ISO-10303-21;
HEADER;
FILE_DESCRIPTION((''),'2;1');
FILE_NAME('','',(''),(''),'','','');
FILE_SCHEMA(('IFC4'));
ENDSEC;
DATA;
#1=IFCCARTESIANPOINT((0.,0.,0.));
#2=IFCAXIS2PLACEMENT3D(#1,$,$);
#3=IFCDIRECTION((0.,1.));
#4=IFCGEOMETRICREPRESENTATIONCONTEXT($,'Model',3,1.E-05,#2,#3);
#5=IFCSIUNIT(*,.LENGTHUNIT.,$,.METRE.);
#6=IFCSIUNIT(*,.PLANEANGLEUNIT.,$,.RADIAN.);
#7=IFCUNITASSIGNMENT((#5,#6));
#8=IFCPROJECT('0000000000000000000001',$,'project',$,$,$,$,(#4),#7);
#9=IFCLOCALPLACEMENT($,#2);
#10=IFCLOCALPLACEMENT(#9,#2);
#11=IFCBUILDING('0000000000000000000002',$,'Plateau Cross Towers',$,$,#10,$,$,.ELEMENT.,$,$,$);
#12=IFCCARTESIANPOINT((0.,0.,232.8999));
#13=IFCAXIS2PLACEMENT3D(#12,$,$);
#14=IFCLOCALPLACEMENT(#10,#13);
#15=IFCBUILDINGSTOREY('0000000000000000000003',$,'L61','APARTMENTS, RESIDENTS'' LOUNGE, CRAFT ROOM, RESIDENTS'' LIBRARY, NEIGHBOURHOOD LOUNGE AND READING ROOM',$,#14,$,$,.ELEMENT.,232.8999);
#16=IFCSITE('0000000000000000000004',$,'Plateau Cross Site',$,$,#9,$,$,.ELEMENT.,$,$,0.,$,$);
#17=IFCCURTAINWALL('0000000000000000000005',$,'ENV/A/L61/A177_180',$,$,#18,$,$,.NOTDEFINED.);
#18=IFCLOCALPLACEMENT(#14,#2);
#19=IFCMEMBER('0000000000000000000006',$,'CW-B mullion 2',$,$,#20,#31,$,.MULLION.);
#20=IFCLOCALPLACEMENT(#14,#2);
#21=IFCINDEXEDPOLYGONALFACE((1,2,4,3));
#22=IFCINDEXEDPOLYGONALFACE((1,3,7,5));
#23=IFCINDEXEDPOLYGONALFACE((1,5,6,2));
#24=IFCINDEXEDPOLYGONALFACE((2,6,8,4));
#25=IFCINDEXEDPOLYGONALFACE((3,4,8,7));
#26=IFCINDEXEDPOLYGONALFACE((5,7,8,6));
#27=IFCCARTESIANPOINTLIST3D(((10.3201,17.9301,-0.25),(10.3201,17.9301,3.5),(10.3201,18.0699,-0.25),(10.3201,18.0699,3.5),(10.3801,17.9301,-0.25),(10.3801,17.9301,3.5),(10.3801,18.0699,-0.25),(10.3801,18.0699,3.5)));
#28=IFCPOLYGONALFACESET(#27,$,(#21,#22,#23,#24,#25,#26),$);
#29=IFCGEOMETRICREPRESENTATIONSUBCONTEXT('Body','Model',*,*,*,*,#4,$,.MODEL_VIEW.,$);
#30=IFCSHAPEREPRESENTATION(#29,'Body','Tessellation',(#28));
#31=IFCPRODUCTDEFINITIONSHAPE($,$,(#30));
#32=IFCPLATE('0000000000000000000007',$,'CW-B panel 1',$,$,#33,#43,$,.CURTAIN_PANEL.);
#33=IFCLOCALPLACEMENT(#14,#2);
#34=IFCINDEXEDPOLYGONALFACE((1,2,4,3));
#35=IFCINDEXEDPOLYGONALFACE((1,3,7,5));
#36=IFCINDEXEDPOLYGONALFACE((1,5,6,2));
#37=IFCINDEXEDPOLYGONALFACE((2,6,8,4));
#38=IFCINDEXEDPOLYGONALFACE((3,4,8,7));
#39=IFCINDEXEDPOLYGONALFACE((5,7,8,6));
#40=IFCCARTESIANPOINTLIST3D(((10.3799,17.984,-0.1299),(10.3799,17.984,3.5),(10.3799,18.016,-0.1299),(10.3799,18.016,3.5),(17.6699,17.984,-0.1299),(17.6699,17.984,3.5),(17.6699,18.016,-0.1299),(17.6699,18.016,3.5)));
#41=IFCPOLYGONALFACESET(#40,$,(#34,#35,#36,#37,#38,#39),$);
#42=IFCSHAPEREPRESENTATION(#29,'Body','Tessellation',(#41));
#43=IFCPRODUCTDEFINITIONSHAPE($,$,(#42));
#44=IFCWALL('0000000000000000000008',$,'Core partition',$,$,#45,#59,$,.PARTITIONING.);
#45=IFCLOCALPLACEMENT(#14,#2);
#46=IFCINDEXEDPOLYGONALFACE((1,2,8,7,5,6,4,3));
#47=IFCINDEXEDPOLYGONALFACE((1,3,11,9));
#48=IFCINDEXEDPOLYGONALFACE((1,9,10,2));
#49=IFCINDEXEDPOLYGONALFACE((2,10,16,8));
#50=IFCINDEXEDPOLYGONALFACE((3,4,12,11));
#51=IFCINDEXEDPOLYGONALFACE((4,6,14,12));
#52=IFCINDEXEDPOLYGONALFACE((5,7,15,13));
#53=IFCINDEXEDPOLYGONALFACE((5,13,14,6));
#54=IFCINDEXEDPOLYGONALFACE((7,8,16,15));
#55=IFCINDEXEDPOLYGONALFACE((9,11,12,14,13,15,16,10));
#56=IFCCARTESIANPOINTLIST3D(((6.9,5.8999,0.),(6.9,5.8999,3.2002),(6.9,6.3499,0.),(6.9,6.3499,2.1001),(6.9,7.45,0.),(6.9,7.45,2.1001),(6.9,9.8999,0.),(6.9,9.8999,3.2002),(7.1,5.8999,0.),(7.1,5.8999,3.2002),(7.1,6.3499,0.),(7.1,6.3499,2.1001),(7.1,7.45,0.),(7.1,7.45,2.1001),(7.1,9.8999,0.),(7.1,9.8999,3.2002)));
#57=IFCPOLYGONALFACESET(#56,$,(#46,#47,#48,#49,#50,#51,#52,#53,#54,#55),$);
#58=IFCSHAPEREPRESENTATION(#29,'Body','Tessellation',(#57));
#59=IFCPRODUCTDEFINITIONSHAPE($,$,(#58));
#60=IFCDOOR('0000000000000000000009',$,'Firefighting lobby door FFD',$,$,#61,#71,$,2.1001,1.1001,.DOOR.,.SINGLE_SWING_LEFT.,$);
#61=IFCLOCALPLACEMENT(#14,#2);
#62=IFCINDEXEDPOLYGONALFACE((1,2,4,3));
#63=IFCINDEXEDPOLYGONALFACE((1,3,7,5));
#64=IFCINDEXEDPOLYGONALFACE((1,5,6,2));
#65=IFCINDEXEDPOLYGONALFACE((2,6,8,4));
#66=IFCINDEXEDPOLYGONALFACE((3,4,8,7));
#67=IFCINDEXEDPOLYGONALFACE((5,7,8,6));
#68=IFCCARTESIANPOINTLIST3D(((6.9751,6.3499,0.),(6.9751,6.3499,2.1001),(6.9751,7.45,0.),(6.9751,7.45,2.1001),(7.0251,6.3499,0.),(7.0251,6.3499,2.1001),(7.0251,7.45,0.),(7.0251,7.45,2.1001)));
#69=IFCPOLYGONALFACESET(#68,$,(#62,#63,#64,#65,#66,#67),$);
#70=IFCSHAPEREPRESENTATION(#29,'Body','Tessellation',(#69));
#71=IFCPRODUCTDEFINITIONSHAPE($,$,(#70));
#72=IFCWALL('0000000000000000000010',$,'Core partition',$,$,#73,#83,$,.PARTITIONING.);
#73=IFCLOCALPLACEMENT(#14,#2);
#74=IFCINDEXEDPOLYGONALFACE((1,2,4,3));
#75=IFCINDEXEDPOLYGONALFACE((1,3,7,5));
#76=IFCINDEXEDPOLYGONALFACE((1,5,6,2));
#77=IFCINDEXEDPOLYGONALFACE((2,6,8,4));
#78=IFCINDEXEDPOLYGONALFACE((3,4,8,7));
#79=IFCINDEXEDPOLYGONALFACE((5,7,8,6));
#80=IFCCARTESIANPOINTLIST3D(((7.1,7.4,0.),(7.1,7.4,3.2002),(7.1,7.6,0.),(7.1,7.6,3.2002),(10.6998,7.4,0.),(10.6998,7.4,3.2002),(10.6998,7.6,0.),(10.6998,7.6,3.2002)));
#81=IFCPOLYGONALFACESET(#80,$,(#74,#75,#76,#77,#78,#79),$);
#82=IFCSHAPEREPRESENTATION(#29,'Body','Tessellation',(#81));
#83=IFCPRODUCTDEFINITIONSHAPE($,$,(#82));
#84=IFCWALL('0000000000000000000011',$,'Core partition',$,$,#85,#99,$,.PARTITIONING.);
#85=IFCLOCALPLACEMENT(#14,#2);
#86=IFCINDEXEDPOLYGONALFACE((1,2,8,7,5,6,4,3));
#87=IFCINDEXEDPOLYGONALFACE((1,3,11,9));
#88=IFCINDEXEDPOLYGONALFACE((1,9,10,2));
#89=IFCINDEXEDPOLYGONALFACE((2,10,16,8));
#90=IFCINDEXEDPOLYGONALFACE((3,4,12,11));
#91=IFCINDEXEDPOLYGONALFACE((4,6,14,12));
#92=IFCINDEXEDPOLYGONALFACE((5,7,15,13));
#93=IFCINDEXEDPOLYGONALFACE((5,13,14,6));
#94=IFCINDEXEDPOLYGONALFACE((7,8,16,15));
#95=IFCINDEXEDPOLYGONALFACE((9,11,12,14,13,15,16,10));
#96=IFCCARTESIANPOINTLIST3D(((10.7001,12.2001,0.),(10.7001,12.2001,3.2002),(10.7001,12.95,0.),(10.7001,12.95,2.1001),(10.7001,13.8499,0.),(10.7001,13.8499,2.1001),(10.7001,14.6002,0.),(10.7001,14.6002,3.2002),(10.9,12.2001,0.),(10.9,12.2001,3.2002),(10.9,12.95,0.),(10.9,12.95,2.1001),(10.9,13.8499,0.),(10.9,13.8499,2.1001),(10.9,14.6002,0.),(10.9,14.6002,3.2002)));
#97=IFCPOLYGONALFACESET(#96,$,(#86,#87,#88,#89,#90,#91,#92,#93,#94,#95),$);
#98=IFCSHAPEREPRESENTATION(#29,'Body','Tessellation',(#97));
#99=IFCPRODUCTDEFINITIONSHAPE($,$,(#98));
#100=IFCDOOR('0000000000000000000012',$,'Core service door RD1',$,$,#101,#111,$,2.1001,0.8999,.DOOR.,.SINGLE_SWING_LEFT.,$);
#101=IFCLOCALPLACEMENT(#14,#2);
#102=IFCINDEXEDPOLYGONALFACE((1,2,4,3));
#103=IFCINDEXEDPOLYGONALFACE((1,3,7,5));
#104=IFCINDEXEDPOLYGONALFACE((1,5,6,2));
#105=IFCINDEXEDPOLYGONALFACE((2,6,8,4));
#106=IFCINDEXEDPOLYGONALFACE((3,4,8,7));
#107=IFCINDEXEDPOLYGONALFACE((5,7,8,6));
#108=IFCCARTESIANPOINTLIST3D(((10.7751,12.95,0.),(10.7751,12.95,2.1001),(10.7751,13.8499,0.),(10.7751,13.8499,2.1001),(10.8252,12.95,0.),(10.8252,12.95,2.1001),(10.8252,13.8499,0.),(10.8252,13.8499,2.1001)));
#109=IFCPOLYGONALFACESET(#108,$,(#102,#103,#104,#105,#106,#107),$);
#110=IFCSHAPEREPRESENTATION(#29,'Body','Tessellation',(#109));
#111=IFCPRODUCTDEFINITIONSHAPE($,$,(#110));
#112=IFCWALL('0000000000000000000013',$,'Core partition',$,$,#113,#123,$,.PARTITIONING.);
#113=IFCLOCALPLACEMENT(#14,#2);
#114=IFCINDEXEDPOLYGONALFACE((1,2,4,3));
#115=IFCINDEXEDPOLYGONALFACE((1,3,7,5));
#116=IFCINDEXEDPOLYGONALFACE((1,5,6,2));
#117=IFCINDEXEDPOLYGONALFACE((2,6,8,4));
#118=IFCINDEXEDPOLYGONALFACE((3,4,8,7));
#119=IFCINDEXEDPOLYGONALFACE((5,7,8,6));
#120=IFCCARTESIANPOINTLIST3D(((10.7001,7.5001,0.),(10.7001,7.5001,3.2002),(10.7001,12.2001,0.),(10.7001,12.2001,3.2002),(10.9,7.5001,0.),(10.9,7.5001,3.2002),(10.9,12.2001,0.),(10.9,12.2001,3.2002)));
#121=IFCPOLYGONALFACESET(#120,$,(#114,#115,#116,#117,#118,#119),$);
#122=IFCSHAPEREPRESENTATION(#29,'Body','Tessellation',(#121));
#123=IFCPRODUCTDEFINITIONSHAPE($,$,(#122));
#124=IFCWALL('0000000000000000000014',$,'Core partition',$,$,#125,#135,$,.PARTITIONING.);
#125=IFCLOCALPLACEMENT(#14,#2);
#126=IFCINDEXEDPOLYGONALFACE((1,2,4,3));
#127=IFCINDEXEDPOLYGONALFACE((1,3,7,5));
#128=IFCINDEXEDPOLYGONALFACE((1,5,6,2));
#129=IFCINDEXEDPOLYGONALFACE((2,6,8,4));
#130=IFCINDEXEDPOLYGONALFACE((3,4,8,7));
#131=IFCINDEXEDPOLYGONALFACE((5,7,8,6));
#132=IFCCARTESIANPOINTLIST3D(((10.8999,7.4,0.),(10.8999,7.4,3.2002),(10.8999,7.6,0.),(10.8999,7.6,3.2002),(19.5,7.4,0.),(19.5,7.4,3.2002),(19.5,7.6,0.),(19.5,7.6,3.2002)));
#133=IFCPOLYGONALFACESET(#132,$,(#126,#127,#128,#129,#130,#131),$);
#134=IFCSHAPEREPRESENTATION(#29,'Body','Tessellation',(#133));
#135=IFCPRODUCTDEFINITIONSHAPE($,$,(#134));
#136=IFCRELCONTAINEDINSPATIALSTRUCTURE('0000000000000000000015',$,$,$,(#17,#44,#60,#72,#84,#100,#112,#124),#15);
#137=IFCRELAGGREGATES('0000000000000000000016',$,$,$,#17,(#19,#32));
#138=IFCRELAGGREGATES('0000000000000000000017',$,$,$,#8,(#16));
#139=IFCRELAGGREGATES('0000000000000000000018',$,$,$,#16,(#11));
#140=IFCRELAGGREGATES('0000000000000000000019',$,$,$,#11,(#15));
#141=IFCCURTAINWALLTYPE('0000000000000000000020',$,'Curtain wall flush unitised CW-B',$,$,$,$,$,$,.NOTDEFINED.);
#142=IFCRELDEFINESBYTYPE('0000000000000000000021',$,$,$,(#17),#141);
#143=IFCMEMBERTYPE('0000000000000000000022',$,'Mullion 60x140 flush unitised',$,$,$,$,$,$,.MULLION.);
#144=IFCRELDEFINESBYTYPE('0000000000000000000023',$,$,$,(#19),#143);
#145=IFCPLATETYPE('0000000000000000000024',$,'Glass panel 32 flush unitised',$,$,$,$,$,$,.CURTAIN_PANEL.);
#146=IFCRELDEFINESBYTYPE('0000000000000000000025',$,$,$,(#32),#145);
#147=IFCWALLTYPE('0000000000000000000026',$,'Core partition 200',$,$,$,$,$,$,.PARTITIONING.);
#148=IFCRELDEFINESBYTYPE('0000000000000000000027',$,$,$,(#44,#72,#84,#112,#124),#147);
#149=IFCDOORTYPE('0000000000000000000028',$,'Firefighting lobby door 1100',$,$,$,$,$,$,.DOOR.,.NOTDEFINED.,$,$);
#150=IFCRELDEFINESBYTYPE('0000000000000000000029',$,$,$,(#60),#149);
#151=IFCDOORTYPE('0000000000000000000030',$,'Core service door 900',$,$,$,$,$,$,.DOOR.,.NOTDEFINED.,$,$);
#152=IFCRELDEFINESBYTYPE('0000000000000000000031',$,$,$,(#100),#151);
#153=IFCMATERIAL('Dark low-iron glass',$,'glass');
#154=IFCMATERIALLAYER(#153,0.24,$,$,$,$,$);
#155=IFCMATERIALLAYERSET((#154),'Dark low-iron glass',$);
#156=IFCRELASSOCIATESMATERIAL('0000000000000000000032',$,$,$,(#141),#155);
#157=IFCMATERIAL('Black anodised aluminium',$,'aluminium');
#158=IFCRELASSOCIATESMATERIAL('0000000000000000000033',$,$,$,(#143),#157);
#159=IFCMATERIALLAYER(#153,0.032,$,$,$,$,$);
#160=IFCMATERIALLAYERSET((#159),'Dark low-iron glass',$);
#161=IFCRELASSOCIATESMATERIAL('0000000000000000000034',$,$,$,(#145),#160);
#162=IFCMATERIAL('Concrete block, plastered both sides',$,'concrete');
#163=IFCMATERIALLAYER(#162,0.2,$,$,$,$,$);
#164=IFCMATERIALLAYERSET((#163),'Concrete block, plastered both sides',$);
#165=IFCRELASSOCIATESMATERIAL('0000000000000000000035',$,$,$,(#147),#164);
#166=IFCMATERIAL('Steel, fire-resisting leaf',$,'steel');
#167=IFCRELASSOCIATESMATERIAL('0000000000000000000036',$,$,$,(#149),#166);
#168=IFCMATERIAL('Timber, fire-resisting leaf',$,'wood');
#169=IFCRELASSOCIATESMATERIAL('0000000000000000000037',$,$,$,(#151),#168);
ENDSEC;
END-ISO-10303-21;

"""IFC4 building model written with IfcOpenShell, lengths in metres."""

from ifc_helpers import new_model, si_unit, direction, frame, frame_2d, origin, origin_2d, place, context, subcontext, project, spatial, rectangle, extrude, material, layer, layer_set, material_profile, profile_set, type_object, element, fill, aggregate, save


model = new_model("IFC4")

# Units and contexts
model_context = context("Model", 3, precision=1e-05, world=origin(), true_north=direction((0.0, 1.0)))
body_context = subcontext(model_context, "Body", "Model", "MODEL_VIEW")
ifc_project = project(units=[si_unit("LENGTHUNIT", "METRE"), si_unit("PLANEANGLEUNIT", "RADIAN")], contexts=[model_context])

# Site, building, storey
site_placement = place(None, origin())
site = spatial("IfcSite", under=ifc_project, at=site_placement, Name="Plateau Cross Site", CompositionType="ELEMENT", RefElevation=0.0)
building_placement = place(site_placement, origin())
building = spatial("IfcBuilding", under=site, at=building_placement, Name="Plateau Cross Towers", CompositionType="ELEMENT")
storey_placement = place(building_placement, frame((0.0, 0.0, 232.8999)))
storey = spatial("IfcBuildingStorey", under=building, at=storey_placement, Name="L61", Description="APARTMENTS, RESIDENTS' LOUNGE, CRAFT ROOM, RESIDENTS' LIBRARY, NEIGHBOURHOOD LOUNGE AND READING ROOM", CompositionType="ELEMENT", Elevation=232.8999)

# Curtain wall, member, plate
ifc_material_1 = material(Name="Dark low-iron glass", Category="glass")
ifc_layer_1 = layer(ifc_material_1, 0.24)
ifc_layer_set_1 = layer_set([ifc_layer_1], Name="Dark low-iron glass")
curtain_wall_type = type_object("IfcCurtainWallType", Name="Curtain wall flush unitised CW-B", PredefinedType="NOTDEFINED", material=ifc_layer_set_1)
curtain_wall_placement = place(storey_placement, origin())
curtain_wall = element("IfcCurtainWall", 1, at=curtain_wall_placement, inside=storey, type_object=curtain_wall_type, Name="ENV/A/L61/A177_180", PredefinedType="NOTDEFINED")
ifc_material_2 = material(Name="Black anodised aluminium", Category="aluminium")
ifc_material_profile = material_profile(ifc_material_2, rectangle(XDim=0.0601, YDim=0.1399, at=origin_2d()), Name="MULLION 60x140")
ifc_profile_set = profile_set([ifc_material_profile], Name="Black anodised aluminium")
member_type = type_object("IfcMemberType", Name="Mullion 60x140 flush unitised", PredefinedType="MULLION", material=ifc_profile_set)
member_placement = place(storey_placement, frame((10.3501, 18.0, -0.25), z_axis=(0.0, 0.0, 1.0), x_axis=(-1.0, 0.0, 0.0)))
member = element("IfcMember", 2, at=member_placement, type_object=member_type, Name="CW-B mullion 2", PredefinedType="MULLION", context=body_context, shape_type="SweptSolid", body=[
    extrude(rectangle(XDim=0.0601, YDim=0.1399, at=origin_2d()), origin(), (0.0, 0.0, 1.0), 3.75),
])
ifc_layer_2 = layer(ifc_material_1, 0.032)
ifc_layer_set_2 = layer_set([ifc_layer_2], Name="Dark low-iron glass")
plate_type = type_object("IfcPlateType", Name="Glass panel 32 flush unitised", PredefinedType="CURTAIN_PANEL", material=ifc_layer_set_2)
plate_placement = place(storey_placement, frame((14.0249, 18.0, -0.1299), z_axis=(0.0, 0.0, 1.0), x_axis=(-1.0, 0.0, 0.0)))
plate = element("IfcPlate", 3, at=plate_placement, type_object=plate_type, Name="CW-B panel 1", PredefinedType="CURTAIN_PANEL", context=body_context, shape_type="SweptSolid", body=[
    extrude(rectangle(XDim=7.29, YDim=0.032, at=origin_2d()), origin(), (0.0, 0.0, 1.0), 3.6299),
])
aggregate(curtain_wall, [member, plate])

# Wall, opening, door
ifc_material_3 = material(Name="Concrete block, plastered both sides", Category="concrete")
ifc_layer_3 = layer(ifc_material_3, 0.2)
ifc_layer_set_3 = layer_set([ifc_layer_3], Name="Concrete block, plastered both sides")
wall_type_1 = type_object("IfcWallType", Name="Core partition 200", PredefinedType="PARTITIONING", material=ifc_layer_set_3)
wall_1_placement = place(storey_placement, frame((7.0, 5.8999, 0.0), z_axis=(0.0, 0.0, 1.0), x_axis=(0.0, 1.0, 0.0)))
wall_1 = element("IfcWall", 4, at=wall_1_placement, inside=storey, type_object=wall_type_1, Name="Core partition", PredefinedType="PARTITIONING", context=body_context, shape_type="SweptSolid", body=[
    extrude(rectangle(XDim=4.0, YDim=0.2, at=frame_2d((2.0, 0.0))), origin(), (0.0, 0.0, 1.0), 3.2002),
])
opening_1_placement = place(wall_1_placement, frame((0.45, 0.0, 0.0)))
opening_1 = element("IfcOpeningElement", 5, at=opening_1_placement, cuts=wall_1, PredefinedType="OPENING", context=body_context, shape_type="SweptSolid", body=[
    extrude(rectangle(XDim=1.1001, YDim=2.1001, at=frame_2d((0.55, 1.05))), frame((0.0, 0.1099, 0.0), z_axis=(0.0, -1.0, 0.0), x_axis=(1.0, 0.0, 0.0)), (0.0, 0.0, 1.0), 0.22),
])
ifc_material_4 = material(Name="Steel, fire-resisting leaf", Category="steel")
door_type_1 = type_object("IfcDoorType", Name="Firefighting lobby door 1100", OperationType="NOTDEFINED", PredefinedType="DOOR", material=ifc_material_4)
door_1_placement = place(opening_1_placement, origin())
door_1 = element("IfcDoor", 6, at=door_1_placement, inside=storey, type_object=door_type_1, Name="Firefighting lobby door FFD", OperationType="SINGLE_SWING_LEFT", OverallHeight=2.1001, OverallWidth=1.1001, PredefinedType="DOOR", context=body_context, shape_type="SweptSolid", body=[
    extrude(rectangle(XDim=1.1001, YDim=2.1001, at=frame_2d((0.55, 1.05))), frame((0.0, 0.0249, 0.0), z_axis=(0.0, -1.0, 0.0), x_axis=(1.0, 0.0, 0.0)), (0.0, 0.0, 1.0), 0.05),
])
fill(opening_1, door_1)

# Wall
wall_2_placement = place(storey_placement, frame((7.1001, 7.5, 0.0), z_axis=(0.0, 0.0, 1.0), x_axis=(1.0, 0.0, 0.0)))
element("IfcWall", 7, at=wall_2_placement, inside=storey, type_object=wall_type_1, Name="Core partition", PredefinedType="PARTITIONING", context=body_context, shape_type="SweptSolid", body=[
    extrude(rectangle(XDim=3.5999, YDim=0.2, at=frame_2d((1.7998, 0.0))), origin(), (0.0, 0.0, 1.0), 3.2002),
])

# Wall, opening, door
wall_3_placement = place(storey_placement, frame((10.8, 12.2, 0.0), z_axis=(0.0, 0.0, 1.0), x_axis=(0.0, 1.0, 0.0)))
wall_3 = element("IfcWall", 8, at=wall_3_placement, inside=storey, type_object=wall_type_1, Name="Core partition", PredefinedType="PARTITIONING", context=body_context, shape_type="SweptSolid", body=[
    extrude(rectangle(XDim=2.4001, YDim=0.2, at=frame_2d((1.2002, 0.0))), origin(), (0.0, 0.0, 1.0), 3.2002),
])
opening_2_placement = place(wall_3_placement, frame((0.75, 0.0, 0.0)))
opening_2 = element("IfcOpeningElement", 9, at=opening_2_placement, cuts=wall_3, PredefinedType="OPENING", context=body_context, shape_type="SweptSolid", body=[
    extrude(rectangle(XDim=0.8999, YDim=2.1001, at=frame_2d((0.45, 1.05))), frame((0.0, 0.1099, 0.0), z_axis=(0.0, -1.0, 0.0), x_axis=(1.0, 0.0, 0.0)), (0.0, 0.0, 1.0), 0.22),
])
ifc_material_5 = material(Name="Timber, fire-resisting leaf", Category="wood")
door_type_2 = type_object("IfcDoorType", Name="Core service door 900", OperationType="NOTDEFINED", PredefinedType="DOOR", material=ifc_material_5)
door_2_placement = place(opening_2_placement, origin())
door_2 = element("IfcDoor", 10, at=door_2_placement, inside=storey, type_object=door_type_2, Name="Core service door RD1", OperationType="SINGLE_SWING_LEFT", OverallHeight=2.1001, OverallWidth=0.8999, PredefinedType="DOOR", context=body_context, shape_type="SweptSolid", body=[
    extrude(rectangle(XDim=0.8999, YDim=2.1001, at=frame_2d((0.45, 1.05))), frame((0.0, 0.0249, 0.0), z_axis=(0.0, -1.0, 0.0), x_axis=(1.0, 0.0, 0.0)), (0.0, 0.0, 1.0), 0.05),
])
fill(opening_2, door_2)

# Walls
wall_4_placement = place(storey_placement, frame((10.8, 7.5, 0.0), z_axis=(0.0, 0.0, 1.0), x_axis=(0.0, 1.0, 0.0)))
element("IfcWall", 11, at=wall_4_placement, inside=storey, type_object=wall_type_1, Name="Core partition", PredefinedType="PARTITIONING", context=body_context, shape_type="SweptSolid", body=[
    extrude(rectangle(XDim=4.7, YDim=0.2, at=frame_2d((2.3501, 0.0))), origin(), (0.0, 0.0, 1.0), 3.2002),
])
wall_5_placement = place(storey_placement, frame((10.8999, 7.5, 0.0), z_axis=(0.0, 0.0, 1.0), x_axis=(1.0, 0.0, 0.0)))
element("IfcWall", 12, at=wall_5_placement, inside=storey, type_object=wall_type_1, Name="Core partition", PredefinedType="PARTITIONING", context=body_context, shape_type="SweptSolid", body=[
    extrude(rectangle(XDim=8.6001, YDim=0.2, at=frame_2d((4.3, 0.0))), origin(), (0.0, 0.0, 1.0), 3.2002),
])

save(model, "model.ifc")
